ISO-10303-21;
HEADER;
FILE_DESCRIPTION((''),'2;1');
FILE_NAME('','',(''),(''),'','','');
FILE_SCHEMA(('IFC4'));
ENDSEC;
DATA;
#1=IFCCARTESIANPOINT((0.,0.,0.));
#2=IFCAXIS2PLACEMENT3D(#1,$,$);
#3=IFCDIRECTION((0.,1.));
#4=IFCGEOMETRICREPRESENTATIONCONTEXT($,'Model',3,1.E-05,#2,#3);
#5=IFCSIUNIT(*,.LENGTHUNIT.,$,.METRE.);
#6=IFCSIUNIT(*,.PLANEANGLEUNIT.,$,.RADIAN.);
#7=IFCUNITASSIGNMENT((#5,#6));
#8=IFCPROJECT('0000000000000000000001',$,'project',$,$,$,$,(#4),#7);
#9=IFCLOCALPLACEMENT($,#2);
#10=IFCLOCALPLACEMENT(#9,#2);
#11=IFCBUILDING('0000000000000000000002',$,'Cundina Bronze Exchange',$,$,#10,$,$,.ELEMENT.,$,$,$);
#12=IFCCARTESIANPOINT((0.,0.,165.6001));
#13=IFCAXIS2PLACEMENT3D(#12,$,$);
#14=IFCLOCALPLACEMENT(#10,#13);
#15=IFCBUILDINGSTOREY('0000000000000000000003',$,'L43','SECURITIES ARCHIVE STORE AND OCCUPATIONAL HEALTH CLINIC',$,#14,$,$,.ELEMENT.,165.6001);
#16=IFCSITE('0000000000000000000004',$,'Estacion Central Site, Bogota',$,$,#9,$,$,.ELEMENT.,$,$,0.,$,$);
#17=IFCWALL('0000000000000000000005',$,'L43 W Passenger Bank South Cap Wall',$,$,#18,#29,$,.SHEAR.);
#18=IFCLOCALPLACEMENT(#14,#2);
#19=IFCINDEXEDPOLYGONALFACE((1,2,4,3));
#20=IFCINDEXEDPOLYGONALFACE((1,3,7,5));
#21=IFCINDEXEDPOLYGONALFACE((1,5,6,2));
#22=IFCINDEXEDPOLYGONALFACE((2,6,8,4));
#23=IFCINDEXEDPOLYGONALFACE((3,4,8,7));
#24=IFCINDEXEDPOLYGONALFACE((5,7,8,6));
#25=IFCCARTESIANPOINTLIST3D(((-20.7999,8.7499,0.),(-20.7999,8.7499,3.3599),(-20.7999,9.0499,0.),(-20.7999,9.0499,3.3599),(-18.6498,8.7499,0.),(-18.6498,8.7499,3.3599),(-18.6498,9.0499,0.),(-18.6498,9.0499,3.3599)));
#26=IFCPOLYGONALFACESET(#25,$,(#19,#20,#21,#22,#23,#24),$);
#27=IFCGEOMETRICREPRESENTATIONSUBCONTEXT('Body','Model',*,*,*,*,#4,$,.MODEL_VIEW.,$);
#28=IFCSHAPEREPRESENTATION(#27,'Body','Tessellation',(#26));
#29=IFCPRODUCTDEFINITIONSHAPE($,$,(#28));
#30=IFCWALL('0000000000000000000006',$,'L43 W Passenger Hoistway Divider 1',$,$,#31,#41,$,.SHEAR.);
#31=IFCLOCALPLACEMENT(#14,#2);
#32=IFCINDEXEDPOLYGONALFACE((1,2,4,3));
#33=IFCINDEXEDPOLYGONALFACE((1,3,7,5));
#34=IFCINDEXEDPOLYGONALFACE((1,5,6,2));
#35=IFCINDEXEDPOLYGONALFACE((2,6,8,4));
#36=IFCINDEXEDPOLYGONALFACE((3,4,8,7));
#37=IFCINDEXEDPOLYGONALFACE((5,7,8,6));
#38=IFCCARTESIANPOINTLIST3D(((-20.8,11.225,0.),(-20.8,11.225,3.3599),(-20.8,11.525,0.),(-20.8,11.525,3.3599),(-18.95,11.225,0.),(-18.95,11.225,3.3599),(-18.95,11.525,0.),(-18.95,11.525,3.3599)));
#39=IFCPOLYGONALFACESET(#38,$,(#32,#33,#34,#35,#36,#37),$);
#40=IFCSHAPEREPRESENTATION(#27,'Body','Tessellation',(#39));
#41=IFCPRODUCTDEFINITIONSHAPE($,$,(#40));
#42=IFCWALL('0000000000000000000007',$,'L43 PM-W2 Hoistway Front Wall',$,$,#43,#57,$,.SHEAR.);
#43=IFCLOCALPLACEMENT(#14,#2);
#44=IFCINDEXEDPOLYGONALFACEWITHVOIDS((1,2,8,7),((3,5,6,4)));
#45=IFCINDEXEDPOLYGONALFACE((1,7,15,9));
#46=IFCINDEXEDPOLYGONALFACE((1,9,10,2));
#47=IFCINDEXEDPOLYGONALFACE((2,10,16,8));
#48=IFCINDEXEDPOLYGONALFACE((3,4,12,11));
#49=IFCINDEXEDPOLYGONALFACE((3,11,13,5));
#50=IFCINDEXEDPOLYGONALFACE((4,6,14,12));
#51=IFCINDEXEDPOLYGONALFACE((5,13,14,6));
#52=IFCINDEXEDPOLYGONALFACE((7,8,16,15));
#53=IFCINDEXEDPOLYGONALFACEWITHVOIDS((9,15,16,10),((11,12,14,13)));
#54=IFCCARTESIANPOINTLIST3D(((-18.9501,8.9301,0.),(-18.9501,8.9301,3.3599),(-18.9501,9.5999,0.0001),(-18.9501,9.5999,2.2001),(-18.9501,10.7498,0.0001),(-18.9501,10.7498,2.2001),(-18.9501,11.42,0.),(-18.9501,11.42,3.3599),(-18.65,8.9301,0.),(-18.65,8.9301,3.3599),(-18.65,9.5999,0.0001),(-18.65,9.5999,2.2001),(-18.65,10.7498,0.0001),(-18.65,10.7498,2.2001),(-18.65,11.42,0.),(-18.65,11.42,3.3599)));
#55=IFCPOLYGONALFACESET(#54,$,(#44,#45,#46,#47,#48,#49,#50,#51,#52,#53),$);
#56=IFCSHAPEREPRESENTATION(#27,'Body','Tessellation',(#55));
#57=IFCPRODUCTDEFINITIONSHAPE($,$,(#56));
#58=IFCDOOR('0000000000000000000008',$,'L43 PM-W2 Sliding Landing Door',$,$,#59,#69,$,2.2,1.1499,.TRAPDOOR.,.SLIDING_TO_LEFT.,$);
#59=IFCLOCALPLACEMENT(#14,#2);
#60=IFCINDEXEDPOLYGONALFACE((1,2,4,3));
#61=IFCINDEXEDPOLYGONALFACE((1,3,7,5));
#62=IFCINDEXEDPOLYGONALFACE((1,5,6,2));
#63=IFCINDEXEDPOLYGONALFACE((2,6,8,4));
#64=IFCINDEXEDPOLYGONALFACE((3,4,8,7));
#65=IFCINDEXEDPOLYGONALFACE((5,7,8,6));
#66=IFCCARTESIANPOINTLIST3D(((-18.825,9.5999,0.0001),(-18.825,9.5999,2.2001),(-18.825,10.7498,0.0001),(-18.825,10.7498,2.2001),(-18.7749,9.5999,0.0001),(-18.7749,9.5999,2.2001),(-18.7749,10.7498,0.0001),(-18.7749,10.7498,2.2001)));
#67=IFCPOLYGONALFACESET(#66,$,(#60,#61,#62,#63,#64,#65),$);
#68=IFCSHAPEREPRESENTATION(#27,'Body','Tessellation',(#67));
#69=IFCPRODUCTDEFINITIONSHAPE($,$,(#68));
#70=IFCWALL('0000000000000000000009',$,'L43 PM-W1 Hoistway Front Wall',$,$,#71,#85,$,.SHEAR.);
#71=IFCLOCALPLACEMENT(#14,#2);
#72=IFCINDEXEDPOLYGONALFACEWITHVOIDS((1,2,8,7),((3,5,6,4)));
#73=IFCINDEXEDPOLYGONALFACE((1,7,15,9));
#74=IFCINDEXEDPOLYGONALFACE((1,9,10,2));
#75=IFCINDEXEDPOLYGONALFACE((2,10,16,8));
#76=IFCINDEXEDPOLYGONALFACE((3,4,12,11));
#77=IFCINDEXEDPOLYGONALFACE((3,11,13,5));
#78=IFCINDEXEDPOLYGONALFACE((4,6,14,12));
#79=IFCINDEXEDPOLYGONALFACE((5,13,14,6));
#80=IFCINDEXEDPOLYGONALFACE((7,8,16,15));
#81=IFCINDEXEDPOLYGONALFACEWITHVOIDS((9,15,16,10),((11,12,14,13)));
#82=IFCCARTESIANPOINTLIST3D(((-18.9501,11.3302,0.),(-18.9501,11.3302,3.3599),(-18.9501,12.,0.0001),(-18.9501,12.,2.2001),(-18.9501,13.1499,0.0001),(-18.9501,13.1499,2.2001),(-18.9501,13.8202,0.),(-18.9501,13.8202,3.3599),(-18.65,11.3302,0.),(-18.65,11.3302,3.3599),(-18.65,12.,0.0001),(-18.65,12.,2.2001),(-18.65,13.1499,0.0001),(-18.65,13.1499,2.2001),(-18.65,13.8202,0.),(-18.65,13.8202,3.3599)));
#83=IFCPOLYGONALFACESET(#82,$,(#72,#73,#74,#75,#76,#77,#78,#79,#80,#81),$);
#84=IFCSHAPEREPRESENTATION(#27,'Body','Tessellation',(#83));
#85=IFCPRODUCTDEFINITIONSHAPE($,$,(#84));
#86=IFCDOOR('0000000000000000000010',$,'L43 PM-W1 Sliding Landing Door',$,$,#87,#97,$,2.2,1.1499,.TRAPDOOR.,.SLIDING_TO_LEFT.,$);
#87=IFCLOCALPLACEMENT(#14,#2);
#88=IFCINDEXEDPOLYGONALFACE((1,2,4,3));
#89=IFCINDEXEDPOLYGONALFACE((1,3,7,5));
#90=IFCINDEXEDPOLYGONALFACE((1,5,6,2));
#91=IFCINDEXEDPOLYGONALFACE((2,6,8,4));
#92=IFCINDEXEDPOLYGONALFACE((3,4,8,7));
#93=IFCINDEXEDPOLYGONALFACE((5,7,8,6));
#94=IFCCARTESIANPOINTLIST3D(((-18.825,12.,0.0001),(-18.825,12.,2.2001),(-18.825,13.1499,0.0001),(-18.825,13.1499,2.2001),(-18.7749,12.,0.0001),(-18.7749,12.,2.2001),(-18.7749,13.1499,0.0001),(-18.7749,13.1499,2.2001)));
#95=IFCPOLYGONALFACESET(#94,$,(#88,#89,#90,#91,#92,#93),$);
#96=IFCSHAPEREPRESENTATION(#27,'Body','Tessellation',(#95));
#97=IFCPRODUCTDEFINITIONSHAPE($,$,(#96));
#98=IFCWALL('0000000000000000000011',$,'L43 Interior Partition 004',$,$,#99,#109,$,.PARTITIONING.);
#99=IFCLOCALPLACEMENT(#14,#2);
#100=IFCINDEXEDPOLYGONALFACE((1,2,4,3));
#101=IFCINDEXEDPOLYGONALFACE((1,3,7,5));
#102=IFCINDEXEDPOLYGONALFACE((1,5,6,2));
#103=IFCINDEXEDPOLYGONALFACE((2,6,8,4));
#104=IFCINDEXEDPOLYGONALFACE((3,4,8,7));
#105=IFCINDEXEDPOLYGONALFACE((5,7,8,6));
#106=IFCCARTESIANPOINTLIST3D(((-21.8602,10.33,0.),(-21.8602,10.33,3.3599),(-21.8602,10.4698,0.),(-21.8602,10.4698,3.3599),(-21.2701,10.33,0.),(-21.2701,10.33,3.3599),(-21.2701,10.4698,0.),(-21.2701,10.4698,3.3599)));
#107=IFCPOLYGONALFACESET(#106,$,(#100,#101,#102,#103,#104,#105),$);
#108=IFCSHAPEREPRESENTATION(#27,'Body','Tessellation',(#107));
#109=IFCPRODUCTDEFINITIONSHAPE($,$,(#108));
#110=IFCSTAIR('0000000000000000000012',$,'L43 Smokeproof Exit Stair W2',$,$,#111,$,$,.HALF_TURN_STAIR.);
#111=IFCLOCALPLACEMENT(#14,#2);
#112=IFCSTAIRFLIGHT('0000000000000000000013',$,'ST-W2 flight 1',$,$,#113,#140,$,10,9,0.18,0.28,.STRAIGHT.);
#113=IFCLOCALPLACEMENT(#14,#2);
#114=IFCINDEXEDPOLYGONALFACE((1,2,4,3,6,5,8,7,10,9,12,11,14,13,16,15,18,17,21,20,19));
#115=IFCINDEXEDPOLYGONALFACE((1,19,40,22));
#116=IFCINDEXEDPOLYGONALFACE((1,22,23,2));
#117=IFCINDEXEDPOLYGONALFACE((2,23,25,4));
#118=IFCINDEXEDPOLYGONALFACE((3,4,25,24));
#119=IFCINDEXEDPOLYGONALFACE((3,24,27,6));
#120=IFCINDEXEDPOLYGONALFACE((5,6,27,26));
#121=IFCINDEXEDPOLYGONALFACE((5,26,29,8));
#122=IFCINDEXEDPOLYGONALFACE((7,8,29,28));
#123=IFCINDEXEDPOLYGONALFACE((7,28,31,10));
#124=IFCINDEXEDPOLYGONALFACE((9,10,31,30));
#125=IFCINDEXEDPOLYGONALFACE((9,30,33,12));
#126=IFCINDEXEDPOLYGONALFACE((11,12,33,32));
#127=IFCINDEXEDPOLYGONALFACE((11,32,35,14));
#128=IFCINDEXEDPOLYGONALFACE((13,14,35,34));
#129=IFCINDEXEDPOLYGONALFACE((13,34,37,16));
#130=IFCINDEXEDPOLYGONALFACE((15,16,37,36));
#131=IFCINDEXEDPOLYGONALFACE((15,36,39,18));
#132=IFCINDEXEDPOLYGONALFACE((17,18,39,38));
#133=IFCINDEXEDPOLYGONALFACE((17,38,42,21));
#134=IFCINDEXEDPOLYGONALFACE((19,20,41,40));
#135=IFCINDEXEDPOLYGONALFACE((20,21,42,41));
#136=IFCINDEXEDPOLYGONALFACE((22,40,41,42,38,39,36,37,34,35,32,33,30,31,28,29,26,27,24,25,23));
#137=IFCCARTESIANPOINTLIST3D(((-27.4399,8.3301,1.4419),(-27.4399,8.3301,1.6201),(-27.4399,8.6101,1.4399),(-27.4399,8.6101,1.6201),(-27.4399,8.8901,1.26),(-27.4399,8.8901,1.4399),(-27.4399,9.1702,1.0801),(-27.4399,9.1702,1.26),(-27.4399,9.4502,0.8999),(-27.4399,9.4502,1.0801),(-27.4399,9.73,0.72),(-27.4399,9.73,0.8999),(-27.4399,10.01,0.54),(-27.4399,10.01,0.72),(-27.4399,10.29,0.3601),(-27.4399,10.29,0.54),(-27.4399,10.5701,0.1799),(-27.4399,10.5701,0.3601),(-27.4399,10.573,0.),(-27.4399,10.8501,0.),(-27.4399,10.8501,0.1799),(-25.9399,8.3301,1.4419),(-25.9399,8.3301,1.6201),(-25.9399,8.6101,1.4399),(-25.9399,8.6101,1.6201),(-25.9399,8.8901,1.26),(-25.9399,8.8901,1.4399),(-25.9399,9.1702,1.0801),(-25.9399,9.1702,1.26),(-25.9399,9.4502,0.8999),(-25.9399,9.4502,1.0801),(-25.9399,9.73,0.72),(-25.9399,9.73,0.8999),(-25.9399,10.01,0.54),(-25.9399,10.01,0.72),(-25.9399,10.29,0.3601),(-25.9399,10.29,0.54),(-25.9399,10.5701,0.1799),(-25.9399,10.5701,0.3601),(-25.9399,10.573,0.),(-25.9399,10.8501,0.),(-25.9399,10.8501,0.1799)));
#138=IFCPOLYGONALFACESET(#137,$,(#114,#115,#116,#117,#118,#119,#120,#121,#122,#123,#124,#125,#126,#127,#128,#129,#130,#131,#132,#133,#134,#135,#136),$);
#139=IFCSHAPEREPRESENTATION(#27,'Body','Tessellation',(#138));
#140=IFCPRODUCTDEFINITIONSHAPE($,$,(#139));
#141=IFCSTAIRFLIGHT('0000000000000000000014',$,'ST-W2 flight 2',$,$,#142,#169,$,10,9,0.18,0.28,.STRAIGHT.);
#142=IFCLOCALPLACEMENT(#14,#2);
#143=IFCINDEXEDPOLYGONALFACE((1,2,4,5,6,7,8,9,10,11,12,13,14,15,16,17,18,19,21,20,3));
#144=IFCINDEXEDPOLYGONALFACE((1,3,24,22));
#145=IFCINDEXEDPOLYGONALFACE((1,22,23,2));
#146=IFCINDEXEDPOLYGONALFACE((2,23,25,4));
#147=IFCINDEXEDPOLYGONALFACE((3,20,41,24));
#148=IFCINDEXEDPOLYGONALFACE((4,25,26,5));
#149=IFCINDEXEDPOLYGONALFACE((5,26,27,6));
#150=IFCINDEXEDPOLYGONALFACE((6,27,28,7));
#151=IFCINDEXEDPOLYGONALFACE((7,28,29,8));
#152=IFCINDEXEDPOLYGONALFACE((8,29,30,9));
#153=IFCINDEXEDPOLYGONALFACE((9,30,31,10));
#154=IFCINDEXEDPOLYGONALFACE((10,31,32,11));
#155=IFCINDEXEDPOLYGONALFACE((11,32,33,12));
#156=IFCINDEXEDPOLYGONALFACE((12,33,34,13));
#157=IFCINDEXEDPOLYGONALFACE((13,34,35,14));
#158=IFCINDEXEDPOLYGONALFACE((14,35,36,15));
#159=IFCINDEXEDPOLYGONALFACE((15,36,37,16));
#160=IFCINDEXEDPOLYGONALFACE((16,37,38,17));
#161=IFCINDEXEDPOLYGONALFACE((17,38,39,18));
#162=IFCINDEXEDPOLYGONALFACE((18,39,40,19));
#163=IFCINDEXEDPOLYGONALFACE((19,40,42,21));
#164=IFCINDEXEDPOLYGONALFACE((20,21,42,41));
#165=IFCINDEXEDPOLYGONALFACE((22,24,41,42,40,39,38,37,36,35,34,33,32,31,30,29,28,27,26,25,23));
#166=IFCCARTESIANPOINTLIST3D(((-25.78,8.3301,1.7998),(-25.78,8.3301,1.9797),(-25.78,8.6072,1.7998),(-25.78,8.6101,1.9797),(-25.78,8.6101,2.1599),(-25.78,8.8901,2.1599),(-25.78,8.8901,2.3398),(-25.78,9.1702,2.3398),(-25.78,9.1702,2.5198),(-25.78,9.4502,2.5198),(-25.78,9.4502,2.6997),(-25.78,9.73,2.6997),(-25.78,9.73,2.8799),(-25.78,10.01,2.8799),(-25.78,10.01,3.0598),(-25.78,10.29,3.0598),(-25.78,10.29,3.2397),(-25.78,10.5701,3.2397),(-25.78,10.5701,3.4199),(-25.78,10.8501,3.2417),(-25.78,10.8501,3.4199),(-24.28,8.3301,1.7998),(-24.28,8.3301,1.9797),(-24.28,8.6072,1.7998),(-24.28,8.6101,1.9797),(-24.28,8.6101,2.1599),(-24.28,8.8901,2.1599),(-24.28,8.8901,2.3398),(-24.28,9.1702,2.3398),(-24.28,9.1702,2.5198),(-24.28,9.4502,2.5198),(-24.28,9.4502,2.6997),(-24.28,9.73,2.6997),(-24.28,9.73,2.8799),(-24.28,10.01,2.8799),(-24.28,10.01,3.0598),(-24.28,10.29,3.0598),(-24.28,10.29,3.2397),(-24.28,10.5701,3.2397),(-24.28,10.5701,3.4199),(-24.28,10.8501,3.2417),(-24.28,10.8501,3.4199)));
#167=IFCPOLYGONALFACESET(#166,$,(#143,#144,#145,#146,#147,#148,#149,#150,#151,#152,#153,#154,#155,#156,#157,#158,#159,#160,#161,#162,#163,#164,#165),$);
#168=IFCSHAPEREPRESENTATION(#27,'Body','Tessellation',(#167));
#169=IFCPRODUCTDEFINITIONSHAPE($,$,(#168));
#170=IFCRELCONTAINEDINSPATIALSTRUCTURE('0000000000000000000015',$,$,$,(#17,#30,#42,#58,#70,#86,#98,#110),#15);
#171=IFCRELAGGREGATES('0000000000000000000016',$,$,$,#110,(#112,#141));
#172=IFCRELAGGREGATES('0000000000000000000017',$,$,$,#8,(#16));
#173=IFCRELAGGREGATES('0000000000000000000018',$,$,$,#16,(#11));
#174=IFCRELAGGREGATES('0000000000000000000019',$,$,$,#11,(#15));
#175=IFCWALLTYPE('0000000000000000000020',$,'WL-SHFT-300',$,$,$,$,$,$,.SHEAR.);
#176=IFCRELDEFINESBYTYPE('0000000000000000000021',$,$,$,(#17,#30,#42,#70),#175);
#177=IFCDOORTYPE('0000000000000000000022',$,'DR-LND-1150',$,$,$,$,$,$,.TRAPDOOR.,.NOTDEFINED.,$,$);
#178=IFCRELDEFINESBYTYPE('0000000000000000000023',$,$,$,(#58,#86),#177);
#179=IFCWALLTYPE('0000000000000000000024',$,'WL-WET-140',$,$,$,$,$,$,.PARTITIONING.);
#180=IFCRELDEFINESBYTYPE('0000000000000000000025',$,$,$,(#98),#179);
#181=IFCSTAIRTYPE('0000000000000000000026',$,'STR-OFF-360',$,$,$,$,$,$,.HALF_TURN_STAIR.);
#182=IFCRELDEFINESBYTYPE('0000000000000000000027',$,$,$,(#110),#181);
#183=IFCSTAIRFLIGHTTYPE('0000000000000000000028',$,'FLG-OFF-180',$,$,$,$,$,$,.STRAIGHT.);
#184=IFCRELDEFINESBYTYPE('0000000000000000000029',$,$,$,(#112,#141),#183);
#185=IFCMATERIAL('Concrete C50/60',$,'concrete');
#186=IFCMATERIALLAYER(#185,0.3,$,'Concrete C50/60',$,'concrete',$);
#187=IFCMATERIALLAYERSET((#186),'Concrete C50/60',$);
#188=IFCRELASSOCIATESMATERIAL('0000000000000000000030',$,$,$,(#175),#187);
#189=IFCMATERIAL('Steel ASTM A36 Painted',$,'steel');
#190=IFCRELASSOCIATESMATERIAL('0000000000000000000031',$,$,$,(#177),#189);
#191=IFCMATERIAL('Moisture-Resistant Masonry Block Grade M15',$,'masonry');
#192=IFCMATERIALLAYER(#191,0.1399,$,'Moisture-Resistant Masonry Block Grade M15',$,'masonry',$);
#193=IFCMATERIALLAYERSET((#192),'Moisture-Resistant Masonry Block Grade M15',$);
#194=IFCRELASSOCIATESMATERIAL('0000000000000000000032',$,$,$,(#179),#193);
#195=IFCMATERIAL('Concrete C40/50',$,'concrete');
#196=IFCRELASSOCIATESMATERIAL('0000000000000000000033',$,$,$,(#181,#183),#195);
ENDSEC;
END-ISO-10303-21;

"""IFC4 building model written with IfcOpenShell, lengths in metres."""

from ifc_helpers import new_model, si_unit, direction, frame, frame_2d, origin, place, context, subcontext, project, spatial, polyline, rectangle, outline, extrude, material, layer, layer_set, type_object, element, fill, aggregate, save


model = new_model("IFC4")

# Units and contexts
model_context = context("Model", 3, precision=1e-05, world=origin(), true_north=direction((0.0, 1.0)))
body_context = subcontext(model_context, "Body", "Model", "MODEL_VIEW")
ifc_project = project(units=[si_unit("LENGTHUNIT", "METRE"), si_unit("PLANEANGLEUNIT", "RADIAN")], contexts=[model_context])

# Site, building, storey
site_placement = place(None, origin())
site = spatial("IfcSite", under=ifc_project, at=site_placement, Name="Estacion Central Site, Bogota", CompositionType="ELEMENT", RefElevation=0.0)
building_placement = place(site_placement, origin())
building = spatial("IfcBuilding", under=site, at=building_placement, Name="Cundina Bronze Exchange", CompositionType="ELEMENT")
storey_placement = place(building_placement, frame((0.0, 0.0, 165.6001)))
storey = spatial("IfcBuildingStorey", under=building, at=storey_placement, Name="L43", Description="SECURITIES ARCHIVE STORE AND OCCUPATIONAL HEALTH CLINIC", CompositionType="ELEMENT", Elevation=165.6001)

# Shared definitions
ifc_material_1 = material(Name="Concrete C50/60", Category="concrete")

# Shared definitions
ifc_layer_1 = layer(ifc_material_1, 0.3, Name="Concrete C50/60", Category="concrete")
ifc_layer_set_1 = layer_set([ifc_layer_1], Name="Concrete C50/60")
wall_type_1 = type_object("IfcWallType", Name="WL-SHFT-300", PredefinedType="SHEAR", material=ifc_layer_set_1)
ifc_material_2 = material(Name="Steel ASTM A36 Painted", Category="steel")
door_type_1 = type_object("IfcDoorType", Name="DR-LND-1150", OperationType="NOTDEFINED", PredefinedType="TRAPDOOR", material=ifc_material_2)

# Walls
wall_1_placement = place(storey_placement, frame((-20.8, 8.8999, 0.0), z_axis=(0.0, 0.0, 1.0), x_axis=(1.0, 0.0, 0.0)))
element("IfcWall", 1, at=wall_1_placement, inside=storey, type_object=wall_type_1, Name="L43 W Passenger Bank South Cap Wall", PredefinedType="SHEAR", context=body_context, shape_type="SweptSolid", body=[
    extrude(rectangle(XDim=2.1501, YDim=0.3, at=frame_2d((1.0752, 0.0))), origin(), (0.0, 0.0, 1.0), 3.3599),
])
wall_2_placement = place(storey_placement, frame((-20.8, 11.375, 0.0), z_axis=(0.0, 0.0, 1.0), x_axis=(1.0, 0.0, 0.0)))
element("IfcWall", 2, at=wall_2_placement, inside=storey, type_object=wall_type_1, Name="L43 W Passenger Hoistway Divider 1", PredefinedType="SHEAR", context=body_context, shape_type="SweptSolid", body=[
    extrude(rectangle(XDim=1.8501, YDim=0.3, at=frame_2d((0.925, 0.0))), origin(), (0.0, 0.0, 1.0), 3.3599),
])

# Walls, openings, doors
wall_3_placement = place(storey_placement, frame((-18.8, 8.9299, 0.0), z_axis=(0.0, 0.0, 1.0), x_axis=(0.0, 1.0, 0.0)))
wall_3 = element("IfcWall", 3, at=wall_3_placement, inside=storey, type_object=wall_type_1, Name="L43 PM-W2 Hoistway Front Wall", PredefinedType="SHEAR", context=body_context, shape_type="SweptSolid", body=[
    extrude(rectangle(XDim=2.49, YDim=0.3, at=frame_2d((1.2451, 0.0))), origin(), (0.0, 0.0, 1.0), 3.3599),
])
opening_1_placement = place(wall_3_placement, frame((0.6699, 0.0, 0.0)))
opening_1 = element("IfcOpeningElement", 4, at=opening_1_placement, cuts=wall_3, PredefinedType="OPENING", context=body_context, shape_type="SweptSolid", body=[
    extrude(rectangle(XDim=1.1499, YDim=2.2, at=frame_2d((0.575, 1.1001))), frame((0.0, 0.1599, 0.0), z_axis=(0.0, -1.0, 0.0), x_axis=(1.0, 0.0, 0.0)), (0.0, 0.0, 1.0), 0.3201),
])
door_1_placement = place(opening_1_placement, origin())
door_1 = element("IfcDoor", 5, at=door_1_placement, inside=storey, type_object=door_type_1, Name="L43 PM-W2 Sliding Landing Door", OperationType="SLIDING_TO_LEFT", OverallHeight=2.2, OverallWidth=1.1499, PredefinedType="TRAPDOOR", context=body_context, shape_type="SweptSolid", body=[
    extrude(rectangle(XDim=1.1499, YDim=2.2, at=frame_2d((0.575, 1.1001))), frame((0.0, 0.0249, 0.0), z_axis=(0.0, -1.0, 0.0), x_axis=(1.0, 0.0, 0.0)), (0.0, 0.0, 1.0), 0.05),
])
fill(opening_1, door_1)
wall_4_placement = place(storey_placement, frame((-18.8, 11.3301, 0.0), z_axis=(0.0, 0.0, 1.0), x_axis=(0.0, 1.0, 0.0)))
wall_4 = element("IfcWall", 6, at=wall_4_placement, inside=storey, type_object=wall_type_1, Name="L43 PM-W1 Hoistway Front Wall", PredefinedType="SHEAR", context=body_context, shape_type="SweptSolid", body=[
    extrude(rectangle(XDim=2.49, YDim=0.3, at=frame_2d((1.2451, 0.0))), origin(), (0.0, 0.0, 1.0), 3.3599),
])
opening_2_placement = place(wall_4_placement, frame((0.6699, 0.0, 0.0)))
opening_2 = element("IfcOpeningElement", 7, at=opening_2_placement, cuts=wall_4, PredefinedType="OPENING", context=body_context, shape_type="SweptSolid", body=[
    extrude(rectangle(XDim=1.1499, YDim=2.2, at=frame_2d((0.575, 1.1001))), frame((0.0, 0.1599, 0.0), z_axis=(0.0, -1.0, 0.0), x_axis=(1.0, 0.0, 0.0)), (0.0, 0.0, 1.0), 0.3201),
])
door_2_placement = place(opening_2_placement, origin())
door_2 = element("IfcDoor", 8, at=door_2_placement, inside=storey, type_object=door_type_1, Name="L43 PM-W1 Sliding Landing Door", OperationType="SLIDING_TO_LEFT", OverallHeight=2.2, OverallWidth=1.1499, PredefinedType="TRAPDOOR", context=body_context, shape_type="SweptSolid", body=[
    extrude(rectangle(XDim=1.1499, YDim=2.2, at=frame_2d((0.575, 1.1001))), frame((0.0, 0.0249, 0.0), z_axis=(0.0, -1.0, 0.0), x_axis=(1.0, 0.0, 0.0)), (0.0, 0.0, 1.0), 0.05),
])
fill(opening_2, door_2)

# Wall
ifc_material_3 = material(Name="Moisture-Resistant Masonry Block Grade M15", Category="masonry")
ifc_layer_2 = layer(ifc_material_3, 0.1399, Name="Moisture-Resistant Masonry Block Grade M15", Category="masonry")
ifc_layer_set_2 = layer_set([ifc_layer_2], Name="Moisture-Resistant Masonry Block Grade M15")
wall_type_2 = type_object("IfcWallType", Name="WL-WET-140", PredefinedType="PARTITIONING", material=ifc_layer_set_2)
wall_5_placement = place(storey_placement, frame((-21.8601, 10.3999, 0.0), z_axis=(0.0, 0.0, 1.0), x_axis=(1.0, 0.0, 0.0)))
element("IfcWall", 9, at=wall_5_placement, inside=storey, type_object=wall_type_2, Name="L43 Interior Partition 004", PredefinedType="PARTITIONING", context=body_context, shape_type="SweptSolid", body=[
    extrude(rectangle(XDim=0.5901, YDim=0.1399, at=frame_2d((0.2949, 0.0))), origin(), (0.0, 0.0, 1.0), 3.3599),
])

# Stair, stair flights
ifc_material_4 = material(Name="Concrete C40/50", Category="concrete")
stair_type = type_object("IfcStairType", Name="STR-OFF-360", PredefinedType="HALF_TURN_STAIR", material=ifc_material_4)
stair_placement = place(storey_placement, origin())
stair = element("IfcStair", 10, at=stair_placement, inside=storey, type_object=stair_type, Name="L43 Smokeproof Exit Stair W2", PredefinedType="HALF_TURN_STAIR")
stair_flight_type = type_object("IfcStairFlightType", Name="FLG-OFF-180", PredefinedType="STRAIGHT", material=ifc_material_4)
stair_flight_1_placement = place(storey_placement, frame((-26.6899, 10.8501, 0.0), z_axis=(0.0, 0.0, 1.0), x_axis=(0.0, -1.0, 0.0)))
stair_flight_1 = element("IfcStairFlight", 11, at=stair_flight_1_placement, type_object=stair_flight_type, Name="ST-W2 flight 1", NumberOfRisers=10, NumberOfTreads=9, PredefinedType="STRAIGHT", RiserHeight=0.18, TreadLength=0.28, context=body_context, shape_type="SweptSolid", body=[
    extrude(outline(polyline([(0.0, 0.0), (0.0, 0.1799), (0.28, 0.1799), (0.28, 0.3601), (0.5601, 0.3601), (0.5601, 0.54), (0.8401, 0.54), (0.8401, 0.72), (1.1201, 0.72), (1.1201, 0.8999), (1.3999, 0.8999), (1.3999, 1.0801), (1.6799, 1.0801), (1.6799, 1.26), (1.96, 1.26), (1.96, 1.4399), (2.24, 1.4399), (2.24, 1.6201), (2.52, 1.6201), (2.52, 1.8), (2.52, 1.4419), (0.2771, 0.0), (0.0, 0.0)])), frame((0.0, 0.75, 0.0), z_axis=(0.0, -1.0, 0.0), x_axis=(1.0, 0.0, 0.0)), (0.0, 0.0, 1.0), 1.5),
])
stair_flight_2_placement = place(storey_placement, frame((-25.03, 8.3301, 1.7998), z_axis=(0.0, 0.0, 1.0), x_axis=(0.0, 1.0, 0.0)))
stair_flight_2 = element("IfcStairFlight", 12, at=stair_flight_2_placement, type_object=stair_flight_type, Name="ST-W2 flight 2", NumberOfRisers=10, NumberOfTreads=9, PredefinedType="STRAIGHT", RiserHeight=0.18, TreadLength=0.28, context=body_context, shape_type="SweptSolid", body=[
    extrude(outline(polyline([(0.0, 0.0), (0.0, 0.1799), (0.28, 0.1799), (0.28, 0.3601), (0.5601, 0.3601), (0.5601, 0.54), (0.8401, 0.54), (0.8401, 0.72), (1.1201, 0.72), (1.1201, 0.8999), (1.3999, 0.8999), (1.3999, 1.0801), (1.6799, 1.0801), (1.6799, 1.26), (1.96, 1.26), (1.96, 1.4399), (2.24, 1.4399), (2.24, 1.6201), (2.52, 1.6201), (2.52, 1.8), (2.52, 1.4419), (0.2771, 0.0), (0.0, 0.0)])), frame((0.0, 0.75, 0.0), z_axis=(0.0, -1.0, 0.0), x_axis=(1.0, 0.0, 0.0)), (0.0, 0.0, 1.0), 1.5),
])
aggregate(stair, [stair_flight_1, stair_flight_2])

save(model, "model.ifc")
